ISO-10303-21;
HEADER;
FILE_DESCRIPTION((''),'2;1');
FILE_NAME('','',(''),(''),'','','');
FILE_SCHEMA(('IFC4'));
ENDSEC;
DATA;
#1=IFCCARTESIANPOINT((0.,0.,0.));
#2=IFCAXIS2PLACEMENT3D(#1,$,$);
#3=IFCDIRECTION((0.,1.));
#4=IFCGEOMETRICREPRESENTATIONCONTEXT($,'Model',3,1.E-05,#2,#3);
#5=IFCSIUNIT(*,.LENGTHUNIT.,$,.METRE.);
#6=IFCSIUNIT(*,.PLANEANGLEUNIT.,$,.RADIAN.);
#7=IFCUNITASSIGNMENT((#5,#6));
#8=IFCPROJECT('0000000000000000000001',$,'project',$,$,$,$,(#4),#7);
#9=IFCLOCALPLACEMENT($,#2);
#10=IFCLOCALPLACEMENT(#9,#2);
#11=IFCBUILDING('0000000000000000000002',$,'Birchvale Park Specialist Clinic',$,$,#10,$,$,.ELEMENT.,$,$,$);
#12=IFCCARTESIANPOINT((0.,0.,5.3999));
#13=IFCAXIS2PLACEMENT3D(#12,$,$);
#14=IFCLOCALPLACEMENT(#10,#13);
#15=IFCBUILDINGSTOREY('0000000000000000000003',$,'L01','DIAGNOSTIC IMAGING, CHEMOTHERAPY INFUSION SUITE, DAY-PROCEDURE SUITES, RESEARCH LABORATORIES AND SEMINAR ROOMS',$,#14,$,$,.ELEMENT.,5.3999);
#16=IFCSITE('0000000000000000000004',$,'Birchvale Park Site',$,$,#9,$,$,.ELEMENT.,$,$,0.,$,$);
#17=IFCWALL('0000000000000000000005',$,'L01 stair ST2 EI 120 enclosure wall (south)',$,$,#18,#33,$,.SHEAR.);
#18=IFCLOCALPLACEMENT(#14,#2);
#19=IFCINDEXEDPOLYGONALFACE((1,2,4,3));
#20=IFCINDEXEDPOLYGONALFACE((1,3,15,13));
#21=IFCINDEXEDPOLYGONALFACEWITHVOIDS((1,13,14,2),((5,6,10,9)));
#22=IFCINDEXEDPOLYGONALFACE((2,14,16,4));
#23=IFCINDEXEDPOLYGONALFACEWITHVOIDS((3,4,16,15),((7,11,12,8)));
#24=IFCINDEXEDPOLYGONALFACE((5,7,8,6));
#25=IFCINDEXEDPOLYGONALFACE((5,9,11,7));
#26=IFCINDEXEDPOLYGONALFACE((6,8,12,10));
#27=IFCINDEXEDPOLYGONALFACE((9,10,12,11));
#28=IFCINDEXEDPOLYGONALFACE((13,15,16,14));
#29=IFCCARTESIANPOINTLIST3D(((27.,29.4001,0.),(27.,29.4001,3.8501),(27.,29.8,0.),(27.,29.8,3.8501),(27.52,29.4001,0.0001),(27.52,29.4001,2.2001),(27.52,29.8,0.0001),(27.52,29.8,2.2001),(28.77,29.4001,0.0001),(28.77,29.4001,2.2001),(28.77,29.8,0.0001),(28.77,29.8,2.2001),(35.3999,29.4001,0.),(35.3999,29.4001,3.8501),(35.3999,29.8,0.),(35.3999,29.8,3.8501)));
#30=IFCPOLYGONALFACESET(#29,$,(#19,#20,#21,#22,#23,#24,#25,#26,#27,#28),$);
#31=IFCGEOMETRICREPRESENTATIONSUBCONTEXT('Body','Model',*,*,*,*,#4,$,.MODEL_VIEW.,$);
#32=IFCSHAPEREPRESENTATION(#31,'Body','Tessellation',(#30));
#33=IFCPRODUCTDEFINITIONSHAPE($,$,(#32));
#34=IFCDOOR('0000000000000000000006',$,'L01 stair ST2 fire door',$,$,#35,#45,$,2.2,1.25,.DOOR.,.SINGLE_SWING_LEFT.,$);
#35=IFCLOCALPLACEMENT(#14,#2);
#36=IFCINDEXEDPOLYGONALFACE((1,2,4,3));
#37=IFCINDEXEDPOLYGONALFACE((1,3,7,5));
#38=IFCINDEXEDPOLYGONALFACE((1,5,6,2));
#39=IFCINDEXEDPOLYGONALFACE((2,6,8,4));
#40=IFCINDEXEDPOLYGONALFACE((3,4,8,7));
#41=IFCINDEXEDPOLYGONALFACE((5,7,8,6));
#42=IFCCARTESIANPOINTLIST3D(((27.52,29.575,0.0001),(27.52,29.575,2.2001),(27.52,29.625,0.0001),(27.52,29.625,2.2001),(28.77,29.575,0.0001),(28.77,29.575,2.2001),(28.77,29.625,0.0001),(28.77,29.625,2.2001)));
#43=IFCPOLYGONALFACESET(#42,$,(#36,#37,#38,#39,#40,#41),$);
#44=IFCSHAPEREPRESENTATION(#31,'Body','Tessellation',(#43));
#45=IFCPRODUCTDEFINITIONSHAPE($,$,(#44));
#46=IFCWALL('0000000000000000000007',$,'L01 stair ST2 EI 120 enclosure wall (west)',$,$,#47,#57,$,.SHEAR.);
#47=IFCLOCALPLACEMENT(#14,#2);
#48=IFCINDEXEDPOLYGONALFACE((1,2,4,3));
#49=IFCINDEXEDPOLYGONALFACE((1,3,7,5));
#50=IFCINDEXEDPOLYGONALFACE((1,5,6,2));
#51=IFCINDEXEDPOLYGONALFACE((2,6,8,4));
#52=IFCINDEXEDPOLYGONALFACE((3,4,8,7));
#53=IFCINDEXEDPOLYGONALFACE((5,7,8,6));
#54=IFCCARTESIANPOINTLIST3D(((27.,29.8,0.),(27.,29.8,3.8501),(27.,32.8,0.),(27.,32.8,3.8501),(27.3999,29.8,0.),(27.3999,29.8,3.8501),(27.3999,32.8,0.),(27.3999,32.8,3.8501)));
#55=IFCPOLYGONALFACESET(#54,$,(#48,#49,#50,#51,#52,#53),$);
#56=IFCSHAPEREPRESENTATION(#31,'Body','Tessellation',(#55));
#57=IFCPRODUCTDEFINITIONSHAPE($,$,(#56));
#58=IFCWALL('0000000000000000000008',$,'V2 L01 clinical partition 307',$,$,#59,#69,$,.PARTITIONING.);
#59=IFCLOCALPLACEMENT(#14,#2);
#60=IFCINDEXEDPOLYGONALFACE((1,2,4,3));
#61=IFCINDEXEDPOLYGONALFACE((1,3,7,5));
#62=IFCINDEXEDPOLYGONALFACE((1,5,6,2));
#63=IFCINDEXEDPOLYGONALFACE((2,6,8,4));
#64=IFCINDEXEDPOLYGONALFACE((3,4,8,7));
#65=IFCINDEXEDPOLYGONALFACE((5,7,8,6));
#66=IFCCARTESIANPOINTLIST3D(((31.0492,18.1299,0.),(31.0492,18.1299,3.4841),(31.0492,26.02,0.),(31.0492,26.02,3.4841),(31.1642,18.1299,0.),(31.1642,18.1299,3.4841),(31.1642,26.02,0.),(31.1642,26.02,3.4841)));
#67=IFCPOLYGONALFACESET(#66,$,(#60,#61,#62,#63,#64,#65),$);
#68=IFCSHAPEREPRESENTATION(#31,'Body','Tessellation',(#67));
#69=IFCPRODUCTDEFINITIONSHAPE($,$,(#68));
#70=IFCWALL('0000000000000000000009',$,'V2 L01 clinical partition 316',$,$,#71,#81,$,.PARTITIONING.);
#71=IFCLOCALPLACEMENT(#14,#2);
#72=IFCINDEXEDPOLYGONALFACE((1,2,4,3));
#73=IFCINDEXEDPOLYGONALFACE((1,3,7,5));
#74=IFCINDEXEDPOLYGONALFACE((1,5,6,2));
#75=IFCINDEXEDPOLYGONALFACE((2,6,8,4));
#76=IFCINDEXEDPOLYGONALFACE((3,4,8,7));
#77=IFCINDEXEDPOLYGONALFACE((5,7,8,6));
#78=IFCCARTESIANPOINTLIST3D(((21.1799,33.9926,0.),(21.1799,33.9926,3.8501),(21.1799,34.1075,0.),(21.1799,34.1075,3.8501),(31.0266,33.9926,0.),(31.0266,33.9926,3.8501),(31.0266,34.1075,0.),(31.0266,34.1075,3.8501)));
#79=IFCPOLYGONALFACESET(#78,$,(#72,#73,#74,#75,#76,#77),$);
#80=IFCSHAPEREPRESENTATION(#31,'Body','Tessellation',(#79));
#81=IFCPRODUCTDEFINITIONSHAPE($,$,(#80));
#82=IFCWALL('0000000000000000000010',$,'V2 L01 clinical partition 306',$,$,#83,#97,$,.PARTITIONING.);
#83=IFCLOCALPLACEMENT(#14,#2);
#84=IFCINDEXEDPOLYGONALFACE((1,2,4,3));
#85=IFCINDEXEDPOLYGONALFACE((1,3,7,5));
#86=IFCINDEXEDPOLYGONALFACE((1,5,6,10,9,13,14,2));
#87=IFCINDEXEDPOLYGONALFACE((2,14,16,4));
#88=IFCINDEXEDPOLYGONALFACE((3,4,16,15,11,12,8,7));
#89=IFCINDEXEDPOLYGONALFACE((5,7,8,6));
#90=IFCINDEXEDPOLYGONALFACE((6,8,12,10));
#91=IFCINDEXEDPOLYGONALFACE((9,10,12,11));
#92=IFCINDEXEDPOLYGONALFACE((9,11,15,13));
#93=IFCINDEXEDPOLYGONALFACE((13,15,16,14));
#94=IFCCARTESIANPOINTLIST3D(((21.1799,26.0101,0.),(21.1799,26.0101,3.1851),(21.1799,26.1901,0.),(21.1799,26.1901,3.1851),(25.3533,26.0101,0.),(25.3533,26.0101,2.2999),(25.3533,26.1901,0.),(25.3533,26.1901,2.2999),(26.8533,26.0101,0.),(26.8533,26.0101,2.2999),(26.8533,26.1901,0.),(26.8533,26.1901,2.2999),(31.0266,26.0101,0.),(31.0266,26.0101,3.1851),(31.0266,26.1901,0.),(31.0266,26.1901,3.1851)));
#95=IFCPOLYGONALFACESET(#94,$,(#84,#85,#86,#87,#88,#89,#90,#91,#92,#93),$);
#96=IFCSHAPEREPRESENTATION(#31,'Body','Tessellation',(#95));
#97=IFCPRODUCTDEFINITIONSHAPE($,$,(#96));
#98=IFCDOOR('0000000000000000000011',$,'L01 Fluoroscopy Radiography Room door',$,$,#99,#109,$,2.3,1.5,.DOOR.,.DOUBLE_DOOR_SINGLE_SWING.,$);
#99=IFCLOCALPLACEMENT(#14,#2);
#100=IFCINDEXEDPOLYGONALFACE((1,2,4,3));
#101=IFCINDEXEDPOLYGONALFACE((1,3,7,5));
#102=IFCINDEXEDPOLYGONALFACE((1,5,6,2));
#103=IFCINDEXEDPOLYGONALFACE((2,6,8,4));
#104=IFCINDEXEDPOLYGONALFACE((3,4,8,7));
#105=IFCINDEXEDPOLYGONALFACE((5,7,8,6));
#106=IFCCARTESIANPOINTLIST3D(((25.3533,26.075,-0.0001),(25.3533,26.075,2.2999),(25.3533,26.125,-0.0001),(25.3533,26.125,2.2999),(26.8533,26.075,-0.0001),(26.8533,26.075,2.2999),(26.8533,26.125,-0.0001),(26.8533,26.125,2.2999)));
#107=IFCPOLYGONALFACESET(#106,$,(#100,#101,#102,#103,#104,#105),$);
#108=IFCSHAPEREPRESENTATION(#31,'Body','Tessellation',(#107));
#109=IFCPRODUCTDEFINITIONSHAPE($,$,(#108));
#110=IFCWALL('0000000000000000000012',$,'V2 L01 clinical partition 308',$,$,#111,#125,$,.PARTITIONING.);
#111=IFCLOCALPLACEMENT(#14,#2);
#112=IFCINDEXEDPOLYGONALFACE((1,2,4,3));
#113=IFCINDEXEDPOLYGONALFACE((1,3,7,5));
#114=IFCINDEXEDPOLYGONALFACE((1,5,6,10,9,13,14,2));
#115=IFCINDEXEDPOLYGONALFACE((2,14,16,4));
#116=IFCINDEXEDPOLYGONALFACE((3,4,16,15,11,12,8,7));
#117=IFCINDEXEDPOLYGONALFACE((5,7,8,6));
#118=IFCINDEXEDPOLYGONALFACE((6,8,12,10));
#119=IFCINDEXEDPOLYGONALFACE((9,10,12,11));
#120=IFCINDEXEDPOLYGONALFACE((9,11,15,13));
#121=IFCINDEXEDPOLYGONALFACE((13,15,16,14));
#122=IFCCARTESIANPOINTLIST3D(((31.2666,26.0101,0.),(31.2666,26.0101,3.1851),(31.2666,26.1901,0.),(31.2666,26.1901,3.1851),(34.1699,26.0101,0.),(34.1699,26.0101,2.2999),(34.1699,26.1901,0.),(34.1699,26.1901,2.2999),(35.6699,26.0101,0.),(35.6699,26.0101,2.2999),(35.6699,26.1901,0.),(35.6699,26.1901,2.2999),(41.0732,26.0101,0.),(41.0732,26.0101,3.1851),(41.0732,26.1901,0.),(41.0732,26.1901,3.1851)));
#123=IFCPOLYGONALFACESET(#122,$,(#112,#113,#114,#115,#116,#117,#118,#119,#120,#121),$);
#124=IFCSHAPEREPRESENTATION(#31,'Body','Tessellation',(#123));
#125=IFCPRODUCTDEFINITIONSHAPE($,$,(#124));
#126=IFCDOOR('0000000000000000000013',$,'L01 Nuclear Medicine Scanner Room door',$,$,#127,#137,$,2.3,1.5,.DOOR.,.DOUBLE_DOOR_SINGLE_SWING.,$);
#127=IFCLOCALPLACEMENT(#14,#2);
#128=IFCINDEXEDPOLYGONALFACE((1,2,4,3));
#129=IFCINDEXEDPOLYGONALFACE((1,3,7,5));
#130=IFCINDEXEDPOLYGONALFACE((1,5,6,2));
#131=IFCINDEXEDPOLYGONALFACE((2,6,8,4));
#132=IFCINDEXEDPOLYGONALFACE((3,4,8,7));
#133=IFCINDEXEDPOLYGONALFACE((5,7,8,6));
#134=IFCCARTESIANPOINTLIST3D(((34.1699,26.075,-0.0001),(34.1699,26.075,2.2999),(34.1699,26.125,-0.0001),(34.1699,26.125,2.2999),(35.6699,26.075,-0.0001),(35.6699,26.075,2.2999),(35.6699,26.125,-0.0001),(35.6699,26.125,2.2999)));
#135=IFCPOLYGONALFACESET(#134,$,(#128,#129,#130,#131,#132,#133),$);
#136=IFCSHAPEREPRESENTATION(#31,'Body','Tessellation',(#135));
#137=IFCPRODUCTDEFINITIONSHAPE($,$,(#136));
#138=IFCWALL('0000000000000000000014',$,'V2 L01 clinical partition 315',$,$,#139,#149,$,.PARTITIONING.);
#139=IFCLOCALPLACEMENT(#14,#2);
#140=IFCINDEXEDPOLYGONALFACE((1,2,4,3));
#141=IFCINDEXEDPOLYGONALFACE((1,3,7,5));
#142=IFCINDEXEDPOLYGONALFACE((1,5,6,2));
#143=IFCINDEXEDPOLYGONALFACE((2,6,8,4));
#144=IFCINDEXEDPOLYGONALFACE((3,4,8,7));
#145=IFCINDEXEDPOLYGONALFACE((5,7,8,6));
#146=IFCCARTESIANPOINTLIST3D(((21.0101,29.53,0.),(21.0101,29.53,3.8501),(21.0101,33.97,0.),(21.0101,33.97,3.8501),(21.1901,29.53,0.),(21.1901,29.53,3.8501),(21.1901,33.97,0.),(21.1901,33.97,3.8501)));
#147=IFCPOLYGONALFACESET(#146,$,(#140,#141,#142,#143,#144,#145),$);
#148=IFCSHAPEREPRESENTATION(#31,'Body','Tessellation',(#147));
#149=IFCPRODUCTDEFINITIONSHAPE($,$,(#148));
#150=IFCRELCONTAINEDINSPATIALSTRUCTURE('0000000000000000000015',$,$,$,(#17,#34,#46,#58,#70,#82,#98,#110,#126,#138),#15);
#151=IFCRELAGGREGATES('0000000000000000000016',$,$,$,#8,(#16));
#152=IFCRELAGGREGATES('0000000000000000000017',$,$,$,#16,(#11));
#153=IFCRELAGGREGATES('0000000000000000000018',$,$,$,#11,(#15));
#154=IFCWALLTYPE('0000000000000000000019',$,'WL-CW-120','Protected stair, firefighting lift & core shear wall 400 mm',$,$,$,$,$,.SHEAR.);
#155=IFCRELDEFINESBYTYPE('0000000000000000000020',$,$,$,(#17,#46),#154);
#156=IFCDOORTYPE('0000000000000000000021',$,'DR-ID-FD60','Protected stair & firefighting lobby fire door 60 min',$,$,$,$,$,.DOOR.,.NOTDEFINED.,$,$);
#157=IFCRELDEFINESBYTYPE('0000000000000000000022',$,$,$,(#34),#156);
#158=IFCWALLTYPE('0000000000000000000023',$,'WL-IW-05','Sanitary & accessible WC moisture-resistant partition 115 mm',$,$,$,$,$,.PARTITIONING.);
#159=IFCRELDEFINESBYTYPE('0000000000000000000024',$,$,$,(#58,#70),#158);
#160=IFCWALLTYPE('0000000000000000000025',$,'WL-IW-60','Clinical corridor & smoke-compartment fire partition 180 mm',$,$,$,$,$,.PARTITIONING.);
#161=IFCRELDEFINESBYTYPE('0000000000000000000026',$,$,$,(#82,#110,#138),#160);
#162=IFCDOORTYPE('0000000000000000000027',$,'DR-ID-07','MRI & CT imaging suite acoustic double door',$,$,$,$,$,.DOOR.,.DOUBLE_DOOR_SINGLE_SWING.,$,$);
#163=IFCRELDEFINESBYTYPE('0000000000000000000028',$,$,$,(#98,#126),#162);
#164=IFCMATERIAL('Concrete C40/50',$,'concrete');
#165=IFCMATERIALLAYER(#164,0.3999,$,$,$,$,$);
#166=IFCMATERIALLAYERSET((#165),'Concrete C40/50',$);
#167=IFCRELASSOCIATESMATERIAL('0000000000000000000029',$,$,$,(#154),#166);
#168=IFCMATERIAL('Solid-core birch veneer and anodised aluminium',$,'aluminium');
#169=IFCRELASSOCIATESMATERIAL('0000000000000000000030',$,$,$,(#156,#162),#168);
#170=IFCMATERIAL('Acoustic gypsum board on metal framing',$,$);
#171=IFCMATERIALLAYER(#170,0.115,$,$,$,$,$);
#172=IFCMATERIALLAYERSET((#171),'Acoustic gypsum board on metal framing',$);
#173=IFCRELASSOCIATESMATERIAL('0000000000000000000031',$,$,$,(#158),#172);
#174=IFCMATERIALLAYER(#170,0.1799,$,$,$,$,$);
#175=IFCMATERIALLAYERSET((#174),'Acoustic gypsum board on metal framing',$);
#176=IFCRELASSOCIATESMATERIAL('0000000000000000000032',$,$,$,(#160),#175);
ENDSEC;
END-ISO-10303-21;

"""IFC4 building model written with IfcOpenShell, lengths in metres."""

from ifc_helpers import new_model, si_unit, direction, frame, frame_2d, origin, place, context, subcontext, project, spatial, rectangle, extrude, material, layer, layer_set, type_object, element, fill, save


model = new_model("IFC4")

# Units and contexts
model_context = context("Model", 3, precision=1e-05, world=origin(), true_north=direction((0.0, 1.0)))
body_context = subcontext(model_context, "Body", "Model", "MODEL_VIEW")
ifc_project = project(units=[si_unit("LENGTHUNIT", "METRE"), si_unit("PLANEANGLEUNIT", "RADIAN")], contexts=[model_context])

# Site, building, storey
site_placement = place(None, origin())
site = spatial("IfcSite", under=ifc_project, at=site_placement, Name="Birchvale Park Site", CompositionType="ELEMENT", RefElevation=0.0)
building_placement = place(site_placement, origin())
building = spatial("IfcBuilding", under=site, at=building_placement, Name="Birchvale Park Specialist Clinic", CompositionType="ELEMENT")
storey_placement = place(building_placement, frame((0.0, 0.0, 5.3999)))
storey = spatial("IfcBuildingStorey", under=building, at=storey_placement, Name="L01", Description="DIAGNOSTIC IMAGING, CHEMOTHERAPY INFUSION SUITE, DAY-PROCEDURE SUITES, RESEARCH LABORATORIES AND SEMINAR ROOMS", CompositionType="ELEMENT", Elevation=5.3999)

# Shared definitions
ifc_material_1 = material(Name="Concrete C40/50", Category="concrete")

# Wall, opening, door
ifc_layer_1 = layer(ifc_material_1, 0.3999)
ifc_layer_set_1 = layer_set([ifc_layer_1], Name="Concrete C40/50")
wall_type_1 = type_object("IfcWallType", Name="WL-CW-120", Description="Protected stair, firefighting lift & core shear wall 400 mm", PredefinedType="SHEAR", material=ifc_layer_set_1)
wall_1_placement = place(storey_placement, frame((27.0, 29.6001, 0.0), z_axis=(0.0, 0.0, 1.0), x_axis=(1.0, 0.0, 0.0)))
wall_1 = element("IfcWall", 1, at=wall_1_placement, inside=storey, type_object=wall_type_1, Name="L01 stair ST2 EI 120 enclosure wall (south)", PredefinedType="SHEAR", context=body_context, shape_type="SweptSolid", body=[
    extrude(rectangle(XDim=8.3999, YDim=0.3999, at=frame_2d((4.2, 0.0))), origin(), (0.0, 0.0, 1.0), 3.8501),
])
opening_1_placement = place(wall_1_placement, frame((0.52, 0.0, 0.0)))
opening_1 = element("IfcOpeningElement", 2, at=opening_1_placement, cuts=wall_1, PredefinedType="OPENING", context=body_context, shape_type="SweptSolid", body=[
    extrude(rectangle(XDim=1.25, YDim=2.2, at=frame_2d((0.625, 1.1001))), frame((0.0, 0.21, 0.0), z_axis=(0.0, -1.0, 0.0), x_axis=(1.0, 0.0, 0.0)), (0.0, 0.0, 1.0), 0.4199),
])
ifc_material_2 = material(Name="Solid-core birch veneer and anodised aluminium", Category="aluminium")
door_type_1 = type_object("IfcDoorType", Name="DR-ID-FD60", Description="Protected stair & firefighting lobby fire door 60 min", OperationType="NOTDEFINED", PredefinedType="DOOR", material=ifc_material_2)
door_1_placement = place(opening_1_placement, origin())
door_1 = element("IfcDoor", 3, at=door_1_placement, inside=storey, type_object=door_type_1, Name="L01 stair ST2 fire door", OperationType="SINGLE_SWING_LEFT", OverallHeight=2.2, OverallWidth=1.25, PredefinedType="DOOR", context=body_context, shape_type="SweptSolid", body=[
    extrude(rectangle(XDim=1.25, YDim=2.2, at=frame_2d((0.625, 1.1001))), frame((0.0, 0.0249, 0.0), z_axis=(0.0, -1.0, 0.0), x_axis=(1.0, 0.0, 0.0)), (0.0, 0.0, 1.0), 0.05),
])
fill(opening_1, door_1)

# Walls
wall_2_placement = place(storey_placement, frame((27.2, 29.8, 0.0), z_axis=(0.0, 0.0, 1.0), x_axis=(0.0, 1.0, 0.0)))
element("IfcWall", 4, at=wall_2_placement, inside=storey, type_object=wall_type_1, Name="L01 stair ST2 EI 120 enclosure wall (west)", PredefinedType="SHEAR", context=body_context, shape_type="SweptSolid", body=[
    extrude(rectangle(XDim=3.0, YDim=0.3999, at=frame_2d((1.5, 0.0))), origin(), (0.0, 0.0, 1.0), 3.8501),
])
ifc_material_3 = material(Name="Acoustic gypsum board on metal framing")
ifc_layer_2 = layer(ifc_material_3, 0.115)
ifc_layer_set_2 = layer_set([ifc_layer_2], Name="Acoustic gypsum board on metal framing")
wall_type_2 = type_object("IfcWallType", Name="WL-IW-05", Description="Sanitary & accessible WC moisture-resistant partition 115 mm", PredefinedType="PARTITIONING", material=ifc_layer_set_2)
wall_3_placement = place(storey_placement, frame((31.1067, 26.02, 0.0), z_axis=(0.0, 0.0, 1.0), x_axis=(0.0, -1.0, 0.0)))
element("IfcWall", 5, at=wall_3_placement, inside=storey, type_object=wall_type_2, Name="V2 L01 clinical partition 307", PredefinedType="PARTITIONING", context=body_context, shape_type="SweptSolid", body=[
    extrude(rectangle(XDim=7.8901, YDim=0.115, at=frame_2d((3.9451, 0.0))), origin(), (0.0, 0.0, 1.0), 3.4841),
])
wall_4_placement = place(storey_placement, frame((21.1799, 34.05, 0.0), z_axis=(0.0, 0.0, 1.0), x_axis=(1.0, 0.0, 0.0)))
element("IfcWall", 6, at=wall_4_placement, inside=storey, type_object=wall_type_2, Name="V2 L01 clinical partition 316", PredefinedType="PARTITIONING", context=body_context, shape_type="SweptSolid", body=[
    extrude(rectangle(XDim=9.8467, YDim=0.115, at=frame_2d((4.9233, 0.0))), origin(), (0.0, 0.0, 1.0), 3.8501),
])

# Walls, openings, doors
ifc_layer_3 = layer(ifc_material_3, 0.1799)
ifc_layer_set_3 = layer_set([ifc_layer_3], Name="Acoustic gypsum board on metal framing")
wall_type_3 = type_object("IfcWallType", Name="WL-IW-60", Description="Clinical corridor & smoke-compartment fire partition 180 mm", PredefinedType="PARTITIONING", material=ifc_layer_set_3)
wall_5_placement = place(storey_placement, frame((21.1799, 26.1001, 0.0), z_axis=(0.0, 0.0, 1.0), x_axis=(1.0, 0.0, 0.0)))
wall_5 = element("IfcWall", 7, at=wall_5_placement, inside=storey, type_object=wall_type_3, Name="V2 L01 clinical partition 306", PredefinedType="PARTITIONING", context=body_context, shape_type="SweptSolid", body=[
    extrude(rectangle(XDim=9.8467, YDim=0.1799, at=frame_2d((4.9233, 0.0))), origin(), (0.0, 0.0, 1.0), 3.1851),
])
opening_2_placement = place(wall_5_placement, frame((4.1733, 0.0, 0.0)))
opening_2 = element("IfcOpeningElement", 8, at=opening_2_placement, cuts=wall_5, PredefinedType="OPENING", context=body_context, shape_type="SweptSolid", body=[
    extrude(rectangle(XDim=1.5, YDim=2.3, at=frame_2d((0.75, 1.1499))), frame((0.0, 0.1001, 0.0), z_axis=(0.0, -1.0, 0.0), x_axis=(1.0, 0.0, 0.0)), (0.0, 0.0, 1.0), 0.2),
])
door_type_2 = type_object("IfcDoorType", Name="DR-ID-07", Description="MRI & CT imaging suite acoustic double door", OperationType="DOUBLE_DOOR_SINGLE_SWING", PredefinedType="DOOR", material=ifc_material_2)
door_2_placement = place(opening_2_placement, origin())
door_2 = element("IfcDoor", 9, at=door_2_placement, inside=storey, type_object=door_type_2, Name="L01 Fluoroscopy Radiography Room door", OperationType="DOUBLE_DOOR_SINGLE_SWING", OverallHeight=2.3, OverallWidth=1.5, PredefinedType="DOOR", context=body_context, shape_type="SweptSolid", body=[
    extrude(rectangle(XDim=1.5, YDim=2.3, at=frame_2d((0.75, 1.1499))), frame((0.0, 0.0249, 0.0), z_axis=(0.0, -1.0, 0.0), x_axis=(1.0, 0.0, 0.0)), (0.0, 0.0, 1.0), 0.05),
])
fill(opening_2, door_2)
wall_6_placement = place(storey_placement, frame((31.2666, 26.1001, 0.0), z_axis=(0.0, 0.0, 1.0), x_axis=(1.0, 0.0, 0.0)))
wall_6 = element("IfcWall", 10, at=wall_6_placement, inside=storey, type_object=wall_type_3, Name="V2 L01 clinical partition 308", PredefinedType="PARTITIONING", context=body_context, shape_type="SweptSolid", body=[
    extrude(rectangle(XDim=9.8066, YDim=0.1799, at=frame_2d((4.9033, 0.0))), origin(), (0.0, 0.0, 1.0), 3.1851),
])
opening_3_placement = place(wall_6_placement, frame((2.9033, 0.0, 0.0)))
opening_3 = element("IfcOpeningElement", 11, at=opening_3_placement, cuts=wall_6, PredefinedType="OPENING", context=body_context, shape_type="SweptSolid", body=[
    extrude(rectangle(XDim=1.5, YDim=2.3, at=frame_2d((0.75, 1.1499))), frame((0.0, 0.1001, 0.0), z_axis=(0.0, -1.0, 0.0), x_axis=(1.0, 0.0, 0.0)), (0.0, 0.0, 1.0), 0.2),
])
door_3_placement = place(opening_3_placement, origin())
door_3 = element("IfcDoor", 12, at=door_3_placement, inside=storey, type_object=door_type_2, Name="L01 Nuclear Medicine Scanner Room door", OperationType="DOUBLE_DOOR_SINGLE_SWING", OverallHeight=2.3, OverallWidth=1.5, PredefinedType="DOOR", context=body_context, shape_type="SweptSolid", body=[
    extrude(rectangle(XDim=1.5, YDim=2.3, at=frame_2d((0.75, 1.1499))), frame((0.0, 0.0249, 0.0), z_axis=(0.0, -1.0, 0.0), x_axis=(1.0, 0.0, 0.0)), (0.0, 0.0, 1.0), 0.05),
])
fill(opening_3, door_3)

# Wall
wall_7_placement = place(storey_placement, frame((21.1001, 29.53, 0.0), z_axis=(0.0, 0.0, 1.0), x_axis=(0.0, 1.0, 0.0)))
element("IfcWall", 13, at=wall_7_placement, inside=storey, type_object=wall_type_3, Name="V2 L01 clinical partition 315", PredefinedType="PARTITIONING", context=body_context, shape_type="SweptSolid", body=[
    extrude(rectangle(XDim=4.4399, YDim=0.1799, at=frame_2d((2.22, 0.0))), origin(), (0.0, 0.0, 1.0), 3.8501),
])

save(model, "model.ifc")
